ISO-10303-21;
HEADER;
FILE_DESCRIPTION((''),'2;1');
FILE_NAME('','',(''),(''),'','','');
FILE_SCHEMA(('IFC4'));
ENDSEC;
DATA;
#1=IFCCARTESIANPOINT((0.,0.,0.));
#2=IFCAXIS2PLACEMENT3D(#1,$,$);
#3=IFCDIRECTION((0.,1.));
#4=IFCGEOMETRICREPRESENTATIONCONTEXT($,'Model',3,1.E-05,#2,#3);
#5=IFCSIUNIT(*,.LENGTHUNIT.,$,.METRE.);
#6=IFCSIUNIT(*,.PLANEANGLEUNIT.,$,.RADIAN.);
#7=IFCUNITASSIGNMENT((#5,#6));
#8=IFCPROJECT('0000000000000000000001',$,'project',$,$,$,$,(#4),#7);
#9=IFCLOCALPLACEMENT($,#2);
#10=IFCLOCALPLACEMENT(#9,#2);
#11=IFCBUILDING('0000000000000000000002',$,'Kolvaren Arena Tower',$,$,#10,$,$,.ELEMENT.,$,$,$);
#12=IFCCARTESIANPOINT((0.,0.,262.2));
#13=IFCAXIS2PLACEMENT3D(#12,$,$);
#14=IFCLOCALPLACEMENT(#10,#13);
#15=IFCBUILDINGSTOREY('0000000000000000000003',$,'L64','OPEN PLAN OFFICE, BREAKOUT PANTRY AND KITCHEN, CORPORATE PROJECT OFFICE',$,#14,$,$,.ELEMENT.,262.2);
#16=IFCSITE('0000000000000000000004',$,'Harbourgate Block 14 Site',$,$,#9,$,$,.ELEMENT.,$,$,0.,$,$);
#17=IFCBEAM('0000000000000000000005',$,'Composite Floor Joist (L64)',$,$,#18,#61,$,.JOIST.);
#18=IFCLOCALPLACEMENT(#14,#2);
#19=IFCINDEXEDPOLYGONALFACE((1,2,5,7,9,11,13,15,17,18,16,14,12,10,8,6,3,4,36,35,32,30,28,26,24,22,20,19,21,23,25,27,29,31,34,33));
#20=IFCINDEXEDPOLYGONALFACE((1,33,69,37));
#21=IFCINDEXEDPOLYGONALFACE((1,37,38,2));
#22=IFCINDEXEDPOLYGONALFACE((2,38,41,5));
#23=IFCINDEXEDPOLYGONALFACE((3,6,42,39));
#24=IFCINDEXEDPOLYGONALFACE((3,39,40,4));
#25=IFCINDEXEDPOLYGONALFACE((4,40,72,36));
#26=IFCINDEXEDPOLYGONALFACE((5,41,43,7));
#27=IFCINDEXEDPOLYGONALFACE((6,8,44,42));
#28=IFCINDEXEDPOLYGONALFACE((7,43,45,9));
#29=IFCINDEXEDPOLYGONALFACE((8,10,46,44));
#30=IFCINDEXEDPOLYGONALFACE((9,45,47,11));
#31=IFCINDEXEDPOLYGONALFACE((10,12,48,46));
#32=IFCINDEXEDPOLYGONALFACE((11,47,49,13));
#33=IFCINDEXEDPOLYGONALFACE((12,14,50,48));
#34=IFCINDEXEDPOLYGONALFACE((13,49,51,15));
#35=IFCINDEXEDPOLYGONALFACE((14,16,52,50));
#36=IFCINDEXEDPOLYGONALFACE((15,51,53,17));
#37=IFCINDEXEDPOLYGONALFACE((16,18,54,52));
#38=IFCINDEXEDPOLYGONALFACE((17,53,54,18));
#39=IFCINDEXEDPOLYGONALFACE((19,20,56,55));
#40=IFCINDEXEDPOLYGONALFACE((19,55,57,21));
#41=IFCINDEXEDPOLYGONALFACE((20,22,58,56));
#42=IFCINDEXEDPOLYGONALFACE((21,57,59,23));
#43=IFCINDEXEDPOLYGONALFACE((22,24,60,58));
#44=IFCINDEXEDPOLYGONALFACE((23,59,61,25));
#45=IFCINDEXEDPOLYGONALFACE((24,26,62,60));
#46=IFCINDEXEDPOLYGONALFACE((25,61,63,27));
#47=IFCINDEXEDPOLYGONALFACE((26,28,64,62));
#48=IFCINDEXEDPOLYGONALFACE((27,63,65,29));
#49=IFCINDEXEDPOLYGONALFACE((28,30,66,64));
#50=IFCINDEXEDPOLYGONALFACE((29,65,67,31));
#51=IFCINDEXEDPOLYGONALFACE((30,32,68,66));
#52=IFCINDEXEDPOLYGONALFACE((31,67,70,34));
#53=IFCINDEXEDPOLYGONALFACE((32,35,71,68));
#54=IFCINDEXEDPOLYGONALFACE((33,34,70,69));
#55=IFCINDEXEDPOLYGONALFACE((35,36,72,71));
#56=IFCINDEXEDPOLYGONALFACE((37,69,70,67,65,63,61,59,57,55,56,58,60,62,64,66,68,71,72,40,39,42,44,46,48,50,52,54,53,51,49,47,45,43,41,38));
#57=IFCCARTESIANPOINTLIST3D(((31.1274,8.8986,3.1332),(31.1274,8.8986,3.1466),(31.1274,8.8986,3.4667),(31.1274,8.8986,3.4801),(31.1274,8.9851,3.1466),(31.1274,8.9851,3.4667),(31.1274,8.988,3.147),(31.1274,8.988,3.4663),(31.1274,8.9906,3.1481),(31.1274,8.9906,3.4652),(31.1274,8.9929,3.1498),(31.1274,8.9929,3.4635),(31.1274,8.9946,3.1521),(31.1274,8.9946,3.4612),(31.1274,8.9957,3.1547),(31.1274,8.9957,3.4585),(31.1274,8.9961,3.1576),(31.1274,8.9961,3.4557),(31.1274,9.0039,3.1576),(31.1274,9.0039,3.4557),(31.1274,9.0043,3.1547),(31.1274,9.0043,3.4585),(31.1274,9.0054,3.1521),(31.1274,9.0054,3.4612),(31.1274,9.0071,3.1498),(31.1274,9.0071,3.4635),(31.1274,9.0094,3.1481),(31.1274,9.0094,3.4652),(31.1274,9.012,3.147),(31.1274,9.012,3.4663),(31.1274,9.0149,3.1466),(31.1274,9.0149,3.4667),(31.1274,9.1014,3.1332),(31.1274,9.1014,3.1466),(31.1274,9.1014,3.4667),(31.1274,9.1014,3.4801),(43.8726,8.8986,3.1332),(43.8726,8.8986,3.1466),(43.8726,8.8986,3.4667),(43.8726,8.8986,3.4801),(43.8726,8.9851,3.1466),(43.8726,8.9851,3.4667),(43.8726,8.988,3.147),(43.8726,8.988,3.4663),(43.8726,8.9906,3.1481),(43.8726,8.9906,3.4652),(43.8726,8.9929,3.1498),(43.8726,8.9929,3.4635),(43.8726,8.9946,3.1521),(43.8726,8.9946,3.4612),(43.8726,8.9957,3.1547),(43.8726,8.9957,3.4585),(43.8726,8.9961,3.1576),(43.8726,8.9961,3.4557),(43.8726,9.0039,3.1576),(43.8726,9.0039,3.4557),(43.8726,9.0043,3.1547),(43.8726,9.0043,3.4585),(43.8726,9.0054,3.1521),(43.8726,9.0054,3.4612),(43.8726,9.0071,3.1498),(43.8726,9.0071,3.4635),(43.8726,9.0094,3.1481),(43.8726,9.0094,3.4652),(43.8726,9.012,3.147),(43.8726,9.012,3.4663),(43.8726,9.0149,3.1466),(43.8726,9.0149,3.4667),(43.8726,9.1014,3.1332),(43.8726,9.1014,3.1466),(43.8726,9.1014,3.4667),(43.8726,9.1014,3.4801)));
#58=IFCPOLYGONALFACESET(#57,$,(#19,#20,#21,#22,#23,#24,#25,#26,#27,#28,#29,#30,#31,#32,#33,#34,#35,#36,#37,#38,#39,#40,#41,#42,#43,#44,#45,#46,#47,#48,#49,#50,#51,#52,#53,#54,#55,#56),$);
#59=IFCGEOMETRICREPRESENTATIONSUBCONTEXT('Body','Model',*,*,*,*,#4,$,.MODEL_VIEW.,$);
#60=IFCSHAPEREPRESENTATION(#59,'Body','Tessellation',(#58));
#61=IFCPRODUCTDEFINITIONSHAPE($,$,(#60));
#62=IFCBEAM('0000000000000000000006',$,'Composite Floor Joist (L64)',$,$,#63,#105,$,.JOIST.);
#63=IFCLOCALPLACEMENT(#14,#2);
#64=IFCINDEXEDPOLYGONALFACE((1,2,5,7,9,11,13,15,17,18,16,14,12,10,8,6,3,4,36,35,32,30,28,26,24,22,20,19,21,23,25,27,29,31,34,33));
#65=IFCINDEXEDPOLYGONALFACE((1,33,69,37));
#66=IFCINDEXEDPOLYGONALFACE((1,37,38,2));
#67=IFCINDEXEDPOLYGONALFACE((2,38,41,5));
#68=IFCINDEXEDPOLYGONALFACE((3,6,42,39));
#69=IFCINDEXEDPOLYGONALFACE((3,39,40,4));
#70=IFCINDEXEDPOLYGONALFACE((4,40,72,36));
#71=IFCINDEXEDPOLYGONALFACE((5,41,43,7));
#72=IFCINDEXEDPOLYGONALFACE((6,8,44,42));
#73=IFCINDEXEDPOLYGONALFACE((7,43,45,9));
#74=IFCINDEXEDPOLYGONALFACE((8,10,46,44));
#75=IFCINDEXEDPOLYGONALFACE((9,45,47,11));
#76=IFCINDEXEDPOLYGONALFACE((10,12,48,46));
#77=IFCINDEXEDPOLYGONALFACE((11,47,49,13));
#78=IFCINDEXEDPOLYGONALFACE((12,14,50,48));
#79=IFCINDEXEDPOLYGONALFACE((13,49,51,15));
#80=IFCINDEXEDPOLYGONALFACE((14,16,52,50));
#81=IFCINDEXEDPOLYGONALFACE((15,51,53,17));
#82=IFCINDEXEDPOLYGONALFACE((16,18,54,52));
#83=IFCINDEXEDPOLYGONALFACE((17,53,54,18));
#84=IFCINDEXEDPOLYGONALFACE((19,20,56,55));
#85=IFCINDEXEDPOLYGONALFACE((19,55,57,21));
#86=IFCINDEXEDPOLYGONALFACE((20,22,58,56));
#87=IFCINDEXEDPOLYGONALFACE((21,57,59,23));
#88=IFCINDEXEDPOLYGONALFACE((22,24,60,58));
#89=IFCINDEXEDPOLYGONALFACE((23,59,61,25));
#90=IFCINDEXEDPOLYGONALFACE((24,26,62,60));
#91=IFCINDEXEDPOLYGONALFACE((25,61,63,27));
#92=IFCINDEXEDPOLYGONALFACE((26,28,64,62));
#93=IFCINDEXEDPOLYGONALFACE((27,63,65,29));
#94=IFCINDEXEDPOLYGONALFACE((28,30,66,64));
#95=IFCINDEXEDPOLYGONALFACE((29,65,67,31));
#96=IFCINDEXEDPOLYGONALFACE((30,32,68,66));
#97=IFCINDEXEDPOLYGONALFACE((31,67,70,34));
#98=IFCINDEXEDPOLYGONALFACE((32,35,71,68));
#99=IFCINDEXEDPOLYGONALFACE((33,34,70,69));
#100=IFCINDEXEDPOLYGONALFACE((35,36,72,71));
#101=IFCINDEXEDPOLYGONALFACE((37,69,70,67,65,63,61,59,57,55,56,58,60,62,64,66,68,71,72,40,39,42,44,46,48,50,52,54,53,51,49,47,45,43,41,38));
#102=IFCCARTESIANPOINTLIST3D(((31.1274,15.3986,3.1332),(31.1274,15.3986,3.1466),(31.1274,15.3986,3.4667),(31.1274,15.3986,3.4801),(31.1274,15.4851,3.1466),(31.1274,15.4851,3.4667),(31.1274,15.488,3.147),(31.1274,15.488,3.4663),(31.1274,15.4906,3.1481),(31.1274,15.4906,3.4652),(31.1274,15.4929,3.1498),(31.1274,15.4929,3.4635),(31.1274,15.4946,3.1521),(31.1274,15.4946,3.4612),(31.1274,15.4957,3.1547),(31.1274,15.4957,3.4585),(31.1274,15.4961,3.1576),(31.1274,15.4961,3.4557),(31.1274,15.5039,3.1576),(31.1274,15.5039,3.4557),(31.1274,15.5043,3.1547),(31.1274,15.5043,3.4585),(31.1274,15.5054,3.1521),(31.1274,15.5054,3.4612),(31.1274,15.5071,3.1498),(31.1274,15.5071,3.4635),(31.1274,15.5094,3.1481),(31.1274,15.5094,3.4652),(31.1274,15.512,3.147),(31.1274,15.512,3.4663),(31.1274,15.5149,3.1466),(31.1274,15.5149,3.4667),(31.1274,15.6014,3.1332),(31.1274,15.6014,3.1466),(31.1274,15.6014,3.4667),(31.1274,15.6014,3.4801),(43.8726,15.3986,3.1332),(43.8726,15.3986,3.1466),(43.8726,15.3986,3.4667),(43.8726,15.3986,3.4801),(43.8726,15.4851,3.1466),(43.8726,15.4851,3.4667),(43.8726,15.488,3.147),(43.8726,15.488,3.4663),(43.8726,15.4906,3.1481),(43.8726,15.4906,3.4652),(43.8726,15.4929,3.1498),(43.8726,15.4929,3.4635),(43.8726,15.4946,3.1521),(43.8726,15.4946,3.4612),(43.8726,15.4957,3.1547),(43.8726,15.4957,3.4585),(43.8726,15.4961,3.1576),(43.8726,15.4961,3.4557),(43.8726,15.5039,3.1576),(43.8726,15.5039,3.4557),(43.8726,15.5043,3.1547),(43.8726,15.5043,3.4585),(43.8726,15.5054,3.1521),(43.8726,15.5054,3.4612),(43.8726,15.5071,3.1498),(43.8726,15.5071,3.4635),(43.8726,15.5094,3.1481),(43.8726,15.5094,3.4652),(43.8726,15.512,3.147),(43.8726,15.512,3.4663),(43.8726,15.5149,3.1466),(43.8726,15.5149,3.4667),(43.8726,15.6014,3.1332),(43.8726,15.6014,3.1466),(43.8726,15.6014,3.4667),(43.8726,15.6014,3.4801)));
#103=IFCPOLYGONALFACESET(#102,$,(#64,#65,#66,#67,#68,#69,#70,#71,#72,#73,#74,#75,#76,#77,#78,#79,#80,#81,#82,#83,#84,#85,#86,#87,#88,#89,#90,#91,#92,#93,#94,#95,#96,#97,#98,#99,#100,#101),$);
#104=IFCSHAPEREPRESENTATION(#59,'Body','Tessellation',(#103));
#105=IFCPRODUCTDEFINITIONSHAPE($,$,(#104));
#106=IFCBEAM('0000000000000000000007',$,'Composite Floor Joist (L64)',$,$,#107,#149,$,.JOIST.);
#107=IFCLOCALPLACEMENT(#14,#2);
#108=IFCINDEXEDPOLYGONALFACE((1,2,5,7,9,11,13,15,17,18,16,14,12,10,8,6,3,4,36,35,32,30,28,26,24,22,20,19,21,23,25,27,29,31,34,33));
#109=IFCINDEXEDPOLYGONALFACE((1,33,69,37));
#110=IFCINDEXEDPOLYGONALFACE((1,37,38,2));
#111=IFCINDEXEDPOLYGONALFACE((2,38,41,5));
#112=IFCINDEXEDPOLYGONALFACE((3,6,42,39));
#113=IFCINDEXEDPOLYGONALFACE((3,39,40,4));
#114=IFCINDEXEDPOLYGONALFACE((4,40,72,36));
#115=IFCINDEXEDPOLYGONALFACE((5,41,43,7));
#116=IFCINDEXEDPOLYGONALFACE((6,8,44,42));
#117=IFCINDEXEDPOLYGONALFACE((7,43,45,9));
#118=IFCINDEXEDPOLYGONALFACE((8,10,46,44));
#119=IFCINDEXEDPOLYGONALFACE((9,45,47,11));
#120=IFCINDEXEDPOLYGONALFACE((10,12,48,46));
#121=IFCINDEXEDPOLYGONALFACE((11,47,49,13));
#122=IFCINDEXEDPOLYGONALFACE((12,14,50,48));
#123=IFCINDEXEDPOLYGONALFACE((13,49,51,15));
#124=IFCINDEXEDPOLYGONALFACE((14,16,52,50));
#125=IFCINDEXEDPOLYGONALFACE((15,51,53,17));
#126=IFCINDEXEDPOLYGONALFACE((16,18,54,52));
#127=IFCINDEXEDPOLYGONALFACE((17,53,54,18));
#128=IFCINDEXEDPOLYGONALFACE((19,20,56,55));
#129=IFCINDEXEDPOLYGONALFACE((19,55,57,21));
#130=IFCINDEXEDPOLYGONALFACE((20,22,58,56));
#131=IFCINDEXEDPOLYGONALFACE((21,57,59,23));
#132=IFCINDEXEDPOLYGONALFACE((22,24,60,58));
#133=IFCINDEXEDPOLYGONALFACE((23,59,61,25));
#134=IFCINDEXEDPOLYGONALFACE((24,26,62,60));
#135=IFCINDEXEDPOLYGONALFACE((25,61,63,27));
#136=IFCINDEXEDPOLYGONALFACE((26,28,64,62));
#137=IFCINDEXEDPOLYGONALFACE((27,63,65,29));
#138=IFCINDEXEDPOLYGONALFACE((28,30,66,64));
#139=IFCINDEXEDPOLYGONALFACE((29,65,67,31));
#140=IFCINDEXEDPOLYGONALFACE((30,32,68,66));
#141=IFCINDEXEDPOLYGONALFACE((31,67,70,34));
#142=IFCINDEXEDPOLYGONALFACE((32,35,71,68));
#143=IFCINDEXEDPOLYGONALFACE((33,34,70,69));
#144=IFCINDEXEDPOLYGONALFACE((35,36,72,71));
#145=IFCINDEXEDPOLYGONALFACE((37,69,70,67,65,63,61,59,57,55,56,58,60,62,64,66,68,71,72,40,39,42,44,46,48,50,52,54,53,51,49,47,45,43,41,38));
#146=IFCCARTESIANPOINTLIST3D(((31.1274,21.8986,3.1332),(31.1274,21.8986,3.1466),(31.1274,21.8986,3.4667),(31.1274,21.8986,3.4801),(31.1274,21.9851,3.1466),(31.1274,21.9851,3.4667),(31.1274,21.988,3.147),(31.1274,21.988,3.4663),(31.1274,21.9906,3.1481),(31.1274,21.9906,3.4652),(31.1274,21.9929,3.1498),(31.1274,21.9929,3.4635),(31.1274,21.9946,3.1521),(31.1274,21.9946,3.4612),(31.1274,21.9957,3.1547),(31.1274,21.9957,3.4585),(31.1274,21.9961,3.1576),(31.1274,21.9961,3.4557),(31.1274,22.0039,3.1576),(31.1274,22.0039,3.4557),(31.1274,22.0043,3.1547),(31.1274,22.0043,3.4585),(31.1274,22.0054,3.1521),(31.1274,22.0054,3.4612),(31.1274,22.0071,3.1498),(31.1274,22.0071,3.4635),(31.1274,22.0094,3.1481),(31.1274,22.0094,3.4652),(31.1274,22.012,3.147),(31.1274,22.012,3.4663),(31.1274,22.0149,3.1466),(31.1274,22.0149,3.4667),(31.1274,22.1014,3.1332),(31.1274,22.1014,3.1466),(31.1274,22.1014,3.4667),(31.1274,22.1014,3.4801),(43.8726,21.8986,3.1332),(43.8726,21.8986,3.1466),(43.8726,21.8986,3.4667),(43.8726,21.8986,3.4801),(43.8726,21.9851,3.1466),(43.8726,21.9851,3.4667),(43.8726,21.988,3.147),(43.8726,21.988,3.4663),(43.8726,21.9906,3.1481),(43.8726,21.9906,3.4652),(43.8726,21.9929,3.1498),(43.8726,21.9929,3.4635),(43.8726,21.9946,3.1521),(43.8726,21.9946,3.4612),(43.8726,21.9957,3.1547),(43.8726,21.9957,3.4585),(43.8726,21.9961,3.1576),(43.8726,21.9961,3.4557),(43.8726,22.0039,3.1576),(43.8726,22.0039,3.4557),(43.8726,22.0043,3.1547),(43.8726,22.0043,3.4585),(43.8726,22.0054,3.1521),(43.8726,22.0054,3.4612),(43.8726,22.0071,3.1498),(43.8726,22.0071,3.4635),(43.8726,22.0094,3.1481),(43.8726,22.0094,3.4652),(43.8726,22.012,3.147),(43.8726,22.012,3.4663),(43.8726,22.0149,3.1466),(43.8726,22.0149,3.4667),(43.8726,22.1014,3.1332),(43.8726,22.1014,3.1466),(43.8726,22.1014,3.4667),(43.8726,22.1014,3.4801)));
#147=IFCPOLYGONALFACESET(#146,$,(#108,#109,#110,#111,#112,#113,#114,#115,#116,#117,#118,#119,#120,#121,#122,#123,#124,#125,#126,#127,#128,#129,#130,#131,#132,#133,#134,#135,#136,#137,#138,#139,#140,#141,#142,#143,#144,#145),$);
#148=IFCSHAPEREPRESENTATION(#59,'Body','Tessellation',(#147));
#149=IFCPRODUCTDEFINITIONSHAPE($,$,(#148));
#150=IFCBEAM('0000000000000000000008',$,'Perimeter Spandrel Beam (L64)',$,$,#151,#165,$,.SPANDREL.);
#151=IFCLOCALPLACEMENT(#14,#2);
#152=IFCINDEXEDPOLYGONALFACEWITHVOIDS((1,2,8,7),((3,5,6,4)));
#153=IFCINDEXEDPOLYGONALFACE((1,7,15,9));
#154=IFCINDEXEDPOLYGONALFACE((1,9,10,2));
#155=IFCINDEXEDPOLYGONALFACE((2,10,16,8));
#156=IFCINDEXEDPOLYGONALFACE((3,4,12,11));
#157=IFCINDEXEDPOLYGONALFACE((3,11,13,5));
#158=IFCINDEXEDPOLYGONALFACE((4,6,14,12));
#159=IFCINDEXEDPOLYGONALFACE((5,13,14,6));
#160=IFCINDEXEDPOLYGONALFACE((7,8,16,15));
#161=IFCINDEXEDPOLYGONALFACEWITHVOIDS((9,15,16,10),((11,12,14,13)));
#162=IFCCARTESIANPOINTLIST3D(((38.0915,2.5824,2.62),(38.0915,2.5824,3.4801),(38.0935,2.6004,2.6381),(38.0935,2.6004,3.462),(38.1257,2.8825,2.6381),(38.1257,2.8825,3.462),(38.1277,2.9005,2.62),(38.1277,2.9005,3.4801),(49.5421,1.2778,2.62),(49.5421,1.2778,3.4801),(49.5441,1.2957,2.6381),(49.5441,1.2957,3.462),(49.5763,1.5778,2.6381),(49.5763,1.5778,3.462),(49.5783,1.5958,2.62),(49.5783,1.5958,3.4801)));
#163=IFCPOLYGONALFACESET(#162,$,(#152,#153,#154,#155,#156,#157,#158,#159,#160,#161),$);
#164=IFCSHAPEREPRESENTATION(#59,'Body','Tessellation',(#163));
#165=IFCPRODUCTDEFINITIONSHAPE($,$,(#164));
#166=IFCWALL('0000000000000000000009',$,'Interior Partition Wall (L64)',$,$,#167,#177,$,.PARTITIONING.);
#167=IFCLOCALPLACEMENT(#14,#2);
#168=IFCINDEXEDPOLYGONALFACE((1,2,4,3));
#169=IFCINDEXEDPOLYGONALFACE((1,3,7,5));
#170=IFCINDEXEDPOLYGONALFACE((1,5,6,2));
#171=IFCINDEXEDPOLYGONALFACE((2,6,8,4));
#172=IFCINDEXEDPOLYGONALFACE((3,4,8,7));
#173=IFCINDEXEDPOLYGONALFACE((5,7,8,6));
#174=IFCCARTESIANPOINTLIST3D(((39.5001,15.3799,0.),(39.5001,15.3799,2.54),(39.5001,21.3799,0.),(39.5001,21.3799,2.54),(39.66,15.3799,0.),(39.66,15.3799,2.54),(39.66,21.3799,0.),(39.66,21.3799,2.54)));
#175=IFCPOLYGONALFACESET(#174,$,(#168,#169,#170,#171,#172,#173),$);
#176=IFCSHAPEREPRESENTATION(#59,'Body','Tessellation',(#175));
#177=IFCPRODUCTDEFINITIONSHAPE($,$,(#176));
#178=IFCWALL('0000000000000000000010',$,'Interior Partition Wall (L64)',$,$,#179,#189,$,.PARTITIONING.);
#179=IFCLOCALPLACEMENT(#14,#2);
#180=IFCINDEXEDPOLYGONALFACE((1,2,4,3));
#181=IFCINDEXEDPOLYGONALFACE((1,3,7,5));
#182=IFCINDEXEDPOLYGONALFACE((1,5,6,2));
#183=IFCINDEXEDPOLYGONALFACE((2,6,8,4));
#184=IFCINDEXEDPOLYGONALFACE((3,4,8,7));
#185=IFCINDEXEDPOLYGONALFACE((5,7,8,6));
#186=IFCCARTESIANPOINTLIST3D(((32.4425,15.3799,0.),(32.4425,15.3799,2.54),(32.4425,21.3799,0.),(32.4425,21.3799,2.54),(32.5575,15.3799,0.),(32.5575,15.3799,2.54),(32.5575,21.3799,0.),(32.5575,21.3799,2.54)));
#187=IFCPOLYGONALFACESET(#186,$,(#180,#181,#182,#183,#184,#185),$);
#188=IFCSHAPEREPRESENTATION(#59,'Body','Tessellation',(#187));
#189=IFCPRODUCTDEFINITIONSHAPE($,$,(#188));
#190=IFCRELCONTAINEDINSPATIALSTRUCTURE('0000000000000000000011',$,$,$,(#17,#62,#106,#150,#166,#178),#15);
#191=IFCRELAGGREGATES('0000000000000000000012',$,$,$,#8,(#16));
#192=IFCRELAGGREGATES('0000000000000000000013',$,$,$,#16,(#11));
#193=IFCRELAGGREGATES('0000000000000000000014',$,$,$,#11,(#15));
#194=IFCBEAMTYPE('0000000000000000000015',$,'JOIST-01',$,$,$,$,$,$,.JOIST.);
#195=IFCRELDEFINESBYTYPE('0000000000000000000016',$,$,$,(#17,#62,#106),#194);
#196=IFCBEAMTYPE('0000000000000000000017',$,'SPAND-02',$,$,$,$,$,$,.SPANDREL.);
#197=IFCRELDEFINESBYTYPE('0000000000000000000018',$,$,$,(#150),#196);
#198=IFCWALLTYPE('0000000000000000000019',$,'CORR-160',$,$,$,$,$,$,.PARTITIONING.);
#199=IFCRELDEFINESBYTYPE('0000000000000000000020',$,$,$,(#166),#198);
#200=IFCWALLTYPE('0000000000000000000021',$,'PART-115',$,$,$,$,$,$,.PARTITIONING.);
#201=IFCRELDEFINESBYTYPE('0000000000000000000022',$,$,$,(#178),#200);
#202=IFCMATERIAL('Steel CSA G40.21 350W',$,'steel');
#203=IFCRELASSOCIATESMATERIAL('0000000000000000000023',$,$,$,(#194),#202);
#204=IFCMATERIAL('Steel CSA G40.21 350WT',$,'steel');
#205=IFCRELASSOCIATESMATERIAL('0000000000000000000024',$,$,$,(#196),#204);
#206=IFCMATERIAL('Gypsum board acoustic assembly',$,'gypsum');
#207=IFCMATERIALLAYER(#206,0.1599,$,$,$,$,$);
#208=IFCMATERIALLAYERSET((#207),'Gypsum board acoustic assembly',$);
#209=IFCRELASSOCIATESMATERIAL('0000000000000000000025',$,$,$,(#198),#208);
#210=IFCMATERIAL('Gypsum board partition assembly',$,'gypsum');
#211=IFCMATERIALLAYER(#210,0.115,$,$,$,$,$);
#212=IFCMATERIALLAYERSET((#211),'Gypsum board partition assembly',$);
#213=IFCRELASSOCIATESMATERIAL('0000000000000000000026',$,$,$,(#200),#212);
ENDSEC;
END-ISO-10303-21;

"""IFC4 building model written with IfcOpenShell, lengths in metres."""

from ifc_helpers import new_model, si_unit, direction, frame, frame_2d, origin, origin_2d, place, context, subcontext, project, spatial, rectangle, hollow_rectangle, i_section, extrude, material, layer, layer_set, material_profile, profile_set, type_object, element, save


model = new_model("IFC4")

# Units and contexts
model_context = context("Model", 3, precision=1e-05, world=origin(), true_north=direction((0.0, 1.0)))
body_context = subcontext(model_context, "Body", "Model", "MODEL_VIEW")
ifc_project = project(units=[si_unit("LENGTHUNIT", "METRE"), si_unit("PLANEANGLEUNIT", "RADIAN")], contexts=[model_context])

# Site, building, storey
site_placement = place(None, origin())
site = spatial("IfcSite", under=ifc_project, at=site_placement, Name="Harbourgate Block 14 Site", CompositionType="ELEMENT", RefElevation=0.0)
building_placement = place(site_placement, origin())
building = spatial("IfcBuilding", under=site, at=building_placement, Name="Kolvaren Arena Tower", CompositionType="ELEMENT")
storey_placement = place(building_placement, frame((0.0, 0.0, 262.2)))
storey = spatial("IfcBuildingStorey", under=building, at=storey_placement, Name="L64", Description="OPEN PLAN OFFICE, BREAKOUT PANTRY AND KITCHEN, CORPORATE PROJECT OFFICE", CompositionType="ELEMENT", Elevation=262.2)

# Beams
ifc_material_1 = material(Name="Steel CSA G40.21 350W", Category="steel")
ifc_material_profile_1 = material_profile(ifc_material_1, i_section(OverallWidth=0.2029, OverallDepth=0.3469, WebThickness=0.0078, FlangeThickness=0.0134, FilletRadius=0.011, at=origin_2d()), Name="W360x64")
ifc_profile_set_1 = profile_set([ifc_material_profile_1], Name="Steel CSA G40.21 350W")
beam_type_1 = type_object("IfcBeamType", Name="JOIST-01", PredefinedType="JOIST", material=ifc_profile_set_1)
for number, where, z_axis, x_axis, name in (
    (1, (31.1274, 9.0, 3.3066), (1.0, 0.0, 0.0), (0.0, 1.0, 0.0), "Composite Floor Joist (L64)"),
    (2, (31.1274, 15.5, 3.3066), (1.0, 0.0, 0.0), (0.0, 1.0, 0.0), "Composite Floor Joist (L64)"),
    (3, (31.1274, 22.0, 3.3066), (1.0, 0.0, 0.0), (0.0, 1.0, 0.0), "Composite Floor Joist (L64)"),
):
    element("IfcBeam", number, at=place(storey_placement, frame(where, z_axis=z_axis, x_axis=x_axis)), inside=storey, type_object=beam_type_1, Name=name, PredefinedType="JOIST", context=body_context, shape_type="SweptSolid", body=[
        extrude(i_section(OverallWidth=0.2029, OverallDepth=0.3469, WebThickness=0.0078, FlangeThickness=0.0134, FilletRadius=0.011, at=origin_2d()), origin(), (0.0, 0.0, 1.0), 12.7451),
    ])
ifc_material_2 = material(Name="Steel CSA G40.21 350WT", Category="steel")
ifc_material_profile_2 = material_profile(ifc_material_2, hollow_rectangle(XDim=0.3201, YDim=0.8601, WallThickness=0.0181, at=origin_2d()), Name="HSS 860x320x18")
ifc_profile_set_2 = profile_set([ifc_material_profile_2], Name="Steel CSA G40.21 350WT")
beam_type_2 = type_object("IfcBeamType", Name="SPAND-02", PredefinedType="SPANDREL", material=ifc_profile_set_2)
beam_1_placement = place(storey_placement, frame((38.1096, 2.7415, 3.05), z_axis=(0.993571, -0.113207, 0.0), x_axis=(0.113207, 0.993571, 0.0)))
element("IfcBeam", 4, at=beam_1_placement, inside=storey, type_object=beam_type_2, Name="Perimeter Spandrel Beam (L64)", PredefinedType="SPANDREL", context=body_context, shape_type="SweptSolid", body=[
    extrude(hollow_rectangle(XDim=0.3201, YDim=0.8601, WallThickness=0.0181, at=origin_2d()), origin(), (0.0, 0.0, 1.0), 11.5247),
])

# Walls
ifc_material_3 = material(Name="Gypsum board acoustic assembly", Category="gypsum")
ifc_layer_1 = layer(ifc_material_3, 0.1599)
ifc_layer_set_1 = layer_set([ifc_layer_1], Name="Gypsum board acoustic assembly")
wall_type_1 = type_object("IfcWallType", Name="CORR-160", PredefinedType="PARTITIONING", material=ifc_layer_set_1)
wall_1_placement = place(storey_placement, frame((39.5801, 15.3799, 0.0), z_axis=(0.0, 0.0, 1.0), x_axis=(0.0, 1.0, 0.0)))
element("IfcWall", 5, at=wall_1_placement, inside=storey, type_object=wall_type_1, Name="Interior Partition Wall (L64)", PredefinedType="PARTITIONING", context=body_context, shape_type="SweptSolid", body=[
    extrude(rectangle(XDim=6.0, YDim=0.1599, at=frame_2d((3.0, 0.0))), origin(), (0.0, 0.0, 1.0), 2.54),
])
ifc_material_4 = material(Name="Gypsum board partition assembly", Category="gypsum")
ifc_layer_2 = layer(ifc_material_4, 0.115)
ifc_layer_set_2 = layer_set([ifc_layer_2], Name="Gypsum board partition assembly")
wall_type_2 = type_object("IfcWallType", Name="PART-115", PredefinedType="PARTITIONING", material=ifc_layer_set_2)
wall_2_placement = place(storey_placement, frame((32.5, 15.3799, 0.0), z_axis=(0.0, 0.0, 1.0), x_axis=(0.0, 1.0, 0.0)))
element("IfcWall", 6, at=wall_2_placement, inside=storey, type_object=wall_type_2, Name="Interior Partition Wall (L64)", PredefinedType="PARTITIONING", context=body_context, shape_type="SweptSolid", body=[
    extrude(rectangle(XDim=6.0, YDim=0.115, at=frame_2d((3.0, 0.0))), origin(), (0.0, 0.0, 1.0), 2.54),
])

save(model, "model.ifc")
